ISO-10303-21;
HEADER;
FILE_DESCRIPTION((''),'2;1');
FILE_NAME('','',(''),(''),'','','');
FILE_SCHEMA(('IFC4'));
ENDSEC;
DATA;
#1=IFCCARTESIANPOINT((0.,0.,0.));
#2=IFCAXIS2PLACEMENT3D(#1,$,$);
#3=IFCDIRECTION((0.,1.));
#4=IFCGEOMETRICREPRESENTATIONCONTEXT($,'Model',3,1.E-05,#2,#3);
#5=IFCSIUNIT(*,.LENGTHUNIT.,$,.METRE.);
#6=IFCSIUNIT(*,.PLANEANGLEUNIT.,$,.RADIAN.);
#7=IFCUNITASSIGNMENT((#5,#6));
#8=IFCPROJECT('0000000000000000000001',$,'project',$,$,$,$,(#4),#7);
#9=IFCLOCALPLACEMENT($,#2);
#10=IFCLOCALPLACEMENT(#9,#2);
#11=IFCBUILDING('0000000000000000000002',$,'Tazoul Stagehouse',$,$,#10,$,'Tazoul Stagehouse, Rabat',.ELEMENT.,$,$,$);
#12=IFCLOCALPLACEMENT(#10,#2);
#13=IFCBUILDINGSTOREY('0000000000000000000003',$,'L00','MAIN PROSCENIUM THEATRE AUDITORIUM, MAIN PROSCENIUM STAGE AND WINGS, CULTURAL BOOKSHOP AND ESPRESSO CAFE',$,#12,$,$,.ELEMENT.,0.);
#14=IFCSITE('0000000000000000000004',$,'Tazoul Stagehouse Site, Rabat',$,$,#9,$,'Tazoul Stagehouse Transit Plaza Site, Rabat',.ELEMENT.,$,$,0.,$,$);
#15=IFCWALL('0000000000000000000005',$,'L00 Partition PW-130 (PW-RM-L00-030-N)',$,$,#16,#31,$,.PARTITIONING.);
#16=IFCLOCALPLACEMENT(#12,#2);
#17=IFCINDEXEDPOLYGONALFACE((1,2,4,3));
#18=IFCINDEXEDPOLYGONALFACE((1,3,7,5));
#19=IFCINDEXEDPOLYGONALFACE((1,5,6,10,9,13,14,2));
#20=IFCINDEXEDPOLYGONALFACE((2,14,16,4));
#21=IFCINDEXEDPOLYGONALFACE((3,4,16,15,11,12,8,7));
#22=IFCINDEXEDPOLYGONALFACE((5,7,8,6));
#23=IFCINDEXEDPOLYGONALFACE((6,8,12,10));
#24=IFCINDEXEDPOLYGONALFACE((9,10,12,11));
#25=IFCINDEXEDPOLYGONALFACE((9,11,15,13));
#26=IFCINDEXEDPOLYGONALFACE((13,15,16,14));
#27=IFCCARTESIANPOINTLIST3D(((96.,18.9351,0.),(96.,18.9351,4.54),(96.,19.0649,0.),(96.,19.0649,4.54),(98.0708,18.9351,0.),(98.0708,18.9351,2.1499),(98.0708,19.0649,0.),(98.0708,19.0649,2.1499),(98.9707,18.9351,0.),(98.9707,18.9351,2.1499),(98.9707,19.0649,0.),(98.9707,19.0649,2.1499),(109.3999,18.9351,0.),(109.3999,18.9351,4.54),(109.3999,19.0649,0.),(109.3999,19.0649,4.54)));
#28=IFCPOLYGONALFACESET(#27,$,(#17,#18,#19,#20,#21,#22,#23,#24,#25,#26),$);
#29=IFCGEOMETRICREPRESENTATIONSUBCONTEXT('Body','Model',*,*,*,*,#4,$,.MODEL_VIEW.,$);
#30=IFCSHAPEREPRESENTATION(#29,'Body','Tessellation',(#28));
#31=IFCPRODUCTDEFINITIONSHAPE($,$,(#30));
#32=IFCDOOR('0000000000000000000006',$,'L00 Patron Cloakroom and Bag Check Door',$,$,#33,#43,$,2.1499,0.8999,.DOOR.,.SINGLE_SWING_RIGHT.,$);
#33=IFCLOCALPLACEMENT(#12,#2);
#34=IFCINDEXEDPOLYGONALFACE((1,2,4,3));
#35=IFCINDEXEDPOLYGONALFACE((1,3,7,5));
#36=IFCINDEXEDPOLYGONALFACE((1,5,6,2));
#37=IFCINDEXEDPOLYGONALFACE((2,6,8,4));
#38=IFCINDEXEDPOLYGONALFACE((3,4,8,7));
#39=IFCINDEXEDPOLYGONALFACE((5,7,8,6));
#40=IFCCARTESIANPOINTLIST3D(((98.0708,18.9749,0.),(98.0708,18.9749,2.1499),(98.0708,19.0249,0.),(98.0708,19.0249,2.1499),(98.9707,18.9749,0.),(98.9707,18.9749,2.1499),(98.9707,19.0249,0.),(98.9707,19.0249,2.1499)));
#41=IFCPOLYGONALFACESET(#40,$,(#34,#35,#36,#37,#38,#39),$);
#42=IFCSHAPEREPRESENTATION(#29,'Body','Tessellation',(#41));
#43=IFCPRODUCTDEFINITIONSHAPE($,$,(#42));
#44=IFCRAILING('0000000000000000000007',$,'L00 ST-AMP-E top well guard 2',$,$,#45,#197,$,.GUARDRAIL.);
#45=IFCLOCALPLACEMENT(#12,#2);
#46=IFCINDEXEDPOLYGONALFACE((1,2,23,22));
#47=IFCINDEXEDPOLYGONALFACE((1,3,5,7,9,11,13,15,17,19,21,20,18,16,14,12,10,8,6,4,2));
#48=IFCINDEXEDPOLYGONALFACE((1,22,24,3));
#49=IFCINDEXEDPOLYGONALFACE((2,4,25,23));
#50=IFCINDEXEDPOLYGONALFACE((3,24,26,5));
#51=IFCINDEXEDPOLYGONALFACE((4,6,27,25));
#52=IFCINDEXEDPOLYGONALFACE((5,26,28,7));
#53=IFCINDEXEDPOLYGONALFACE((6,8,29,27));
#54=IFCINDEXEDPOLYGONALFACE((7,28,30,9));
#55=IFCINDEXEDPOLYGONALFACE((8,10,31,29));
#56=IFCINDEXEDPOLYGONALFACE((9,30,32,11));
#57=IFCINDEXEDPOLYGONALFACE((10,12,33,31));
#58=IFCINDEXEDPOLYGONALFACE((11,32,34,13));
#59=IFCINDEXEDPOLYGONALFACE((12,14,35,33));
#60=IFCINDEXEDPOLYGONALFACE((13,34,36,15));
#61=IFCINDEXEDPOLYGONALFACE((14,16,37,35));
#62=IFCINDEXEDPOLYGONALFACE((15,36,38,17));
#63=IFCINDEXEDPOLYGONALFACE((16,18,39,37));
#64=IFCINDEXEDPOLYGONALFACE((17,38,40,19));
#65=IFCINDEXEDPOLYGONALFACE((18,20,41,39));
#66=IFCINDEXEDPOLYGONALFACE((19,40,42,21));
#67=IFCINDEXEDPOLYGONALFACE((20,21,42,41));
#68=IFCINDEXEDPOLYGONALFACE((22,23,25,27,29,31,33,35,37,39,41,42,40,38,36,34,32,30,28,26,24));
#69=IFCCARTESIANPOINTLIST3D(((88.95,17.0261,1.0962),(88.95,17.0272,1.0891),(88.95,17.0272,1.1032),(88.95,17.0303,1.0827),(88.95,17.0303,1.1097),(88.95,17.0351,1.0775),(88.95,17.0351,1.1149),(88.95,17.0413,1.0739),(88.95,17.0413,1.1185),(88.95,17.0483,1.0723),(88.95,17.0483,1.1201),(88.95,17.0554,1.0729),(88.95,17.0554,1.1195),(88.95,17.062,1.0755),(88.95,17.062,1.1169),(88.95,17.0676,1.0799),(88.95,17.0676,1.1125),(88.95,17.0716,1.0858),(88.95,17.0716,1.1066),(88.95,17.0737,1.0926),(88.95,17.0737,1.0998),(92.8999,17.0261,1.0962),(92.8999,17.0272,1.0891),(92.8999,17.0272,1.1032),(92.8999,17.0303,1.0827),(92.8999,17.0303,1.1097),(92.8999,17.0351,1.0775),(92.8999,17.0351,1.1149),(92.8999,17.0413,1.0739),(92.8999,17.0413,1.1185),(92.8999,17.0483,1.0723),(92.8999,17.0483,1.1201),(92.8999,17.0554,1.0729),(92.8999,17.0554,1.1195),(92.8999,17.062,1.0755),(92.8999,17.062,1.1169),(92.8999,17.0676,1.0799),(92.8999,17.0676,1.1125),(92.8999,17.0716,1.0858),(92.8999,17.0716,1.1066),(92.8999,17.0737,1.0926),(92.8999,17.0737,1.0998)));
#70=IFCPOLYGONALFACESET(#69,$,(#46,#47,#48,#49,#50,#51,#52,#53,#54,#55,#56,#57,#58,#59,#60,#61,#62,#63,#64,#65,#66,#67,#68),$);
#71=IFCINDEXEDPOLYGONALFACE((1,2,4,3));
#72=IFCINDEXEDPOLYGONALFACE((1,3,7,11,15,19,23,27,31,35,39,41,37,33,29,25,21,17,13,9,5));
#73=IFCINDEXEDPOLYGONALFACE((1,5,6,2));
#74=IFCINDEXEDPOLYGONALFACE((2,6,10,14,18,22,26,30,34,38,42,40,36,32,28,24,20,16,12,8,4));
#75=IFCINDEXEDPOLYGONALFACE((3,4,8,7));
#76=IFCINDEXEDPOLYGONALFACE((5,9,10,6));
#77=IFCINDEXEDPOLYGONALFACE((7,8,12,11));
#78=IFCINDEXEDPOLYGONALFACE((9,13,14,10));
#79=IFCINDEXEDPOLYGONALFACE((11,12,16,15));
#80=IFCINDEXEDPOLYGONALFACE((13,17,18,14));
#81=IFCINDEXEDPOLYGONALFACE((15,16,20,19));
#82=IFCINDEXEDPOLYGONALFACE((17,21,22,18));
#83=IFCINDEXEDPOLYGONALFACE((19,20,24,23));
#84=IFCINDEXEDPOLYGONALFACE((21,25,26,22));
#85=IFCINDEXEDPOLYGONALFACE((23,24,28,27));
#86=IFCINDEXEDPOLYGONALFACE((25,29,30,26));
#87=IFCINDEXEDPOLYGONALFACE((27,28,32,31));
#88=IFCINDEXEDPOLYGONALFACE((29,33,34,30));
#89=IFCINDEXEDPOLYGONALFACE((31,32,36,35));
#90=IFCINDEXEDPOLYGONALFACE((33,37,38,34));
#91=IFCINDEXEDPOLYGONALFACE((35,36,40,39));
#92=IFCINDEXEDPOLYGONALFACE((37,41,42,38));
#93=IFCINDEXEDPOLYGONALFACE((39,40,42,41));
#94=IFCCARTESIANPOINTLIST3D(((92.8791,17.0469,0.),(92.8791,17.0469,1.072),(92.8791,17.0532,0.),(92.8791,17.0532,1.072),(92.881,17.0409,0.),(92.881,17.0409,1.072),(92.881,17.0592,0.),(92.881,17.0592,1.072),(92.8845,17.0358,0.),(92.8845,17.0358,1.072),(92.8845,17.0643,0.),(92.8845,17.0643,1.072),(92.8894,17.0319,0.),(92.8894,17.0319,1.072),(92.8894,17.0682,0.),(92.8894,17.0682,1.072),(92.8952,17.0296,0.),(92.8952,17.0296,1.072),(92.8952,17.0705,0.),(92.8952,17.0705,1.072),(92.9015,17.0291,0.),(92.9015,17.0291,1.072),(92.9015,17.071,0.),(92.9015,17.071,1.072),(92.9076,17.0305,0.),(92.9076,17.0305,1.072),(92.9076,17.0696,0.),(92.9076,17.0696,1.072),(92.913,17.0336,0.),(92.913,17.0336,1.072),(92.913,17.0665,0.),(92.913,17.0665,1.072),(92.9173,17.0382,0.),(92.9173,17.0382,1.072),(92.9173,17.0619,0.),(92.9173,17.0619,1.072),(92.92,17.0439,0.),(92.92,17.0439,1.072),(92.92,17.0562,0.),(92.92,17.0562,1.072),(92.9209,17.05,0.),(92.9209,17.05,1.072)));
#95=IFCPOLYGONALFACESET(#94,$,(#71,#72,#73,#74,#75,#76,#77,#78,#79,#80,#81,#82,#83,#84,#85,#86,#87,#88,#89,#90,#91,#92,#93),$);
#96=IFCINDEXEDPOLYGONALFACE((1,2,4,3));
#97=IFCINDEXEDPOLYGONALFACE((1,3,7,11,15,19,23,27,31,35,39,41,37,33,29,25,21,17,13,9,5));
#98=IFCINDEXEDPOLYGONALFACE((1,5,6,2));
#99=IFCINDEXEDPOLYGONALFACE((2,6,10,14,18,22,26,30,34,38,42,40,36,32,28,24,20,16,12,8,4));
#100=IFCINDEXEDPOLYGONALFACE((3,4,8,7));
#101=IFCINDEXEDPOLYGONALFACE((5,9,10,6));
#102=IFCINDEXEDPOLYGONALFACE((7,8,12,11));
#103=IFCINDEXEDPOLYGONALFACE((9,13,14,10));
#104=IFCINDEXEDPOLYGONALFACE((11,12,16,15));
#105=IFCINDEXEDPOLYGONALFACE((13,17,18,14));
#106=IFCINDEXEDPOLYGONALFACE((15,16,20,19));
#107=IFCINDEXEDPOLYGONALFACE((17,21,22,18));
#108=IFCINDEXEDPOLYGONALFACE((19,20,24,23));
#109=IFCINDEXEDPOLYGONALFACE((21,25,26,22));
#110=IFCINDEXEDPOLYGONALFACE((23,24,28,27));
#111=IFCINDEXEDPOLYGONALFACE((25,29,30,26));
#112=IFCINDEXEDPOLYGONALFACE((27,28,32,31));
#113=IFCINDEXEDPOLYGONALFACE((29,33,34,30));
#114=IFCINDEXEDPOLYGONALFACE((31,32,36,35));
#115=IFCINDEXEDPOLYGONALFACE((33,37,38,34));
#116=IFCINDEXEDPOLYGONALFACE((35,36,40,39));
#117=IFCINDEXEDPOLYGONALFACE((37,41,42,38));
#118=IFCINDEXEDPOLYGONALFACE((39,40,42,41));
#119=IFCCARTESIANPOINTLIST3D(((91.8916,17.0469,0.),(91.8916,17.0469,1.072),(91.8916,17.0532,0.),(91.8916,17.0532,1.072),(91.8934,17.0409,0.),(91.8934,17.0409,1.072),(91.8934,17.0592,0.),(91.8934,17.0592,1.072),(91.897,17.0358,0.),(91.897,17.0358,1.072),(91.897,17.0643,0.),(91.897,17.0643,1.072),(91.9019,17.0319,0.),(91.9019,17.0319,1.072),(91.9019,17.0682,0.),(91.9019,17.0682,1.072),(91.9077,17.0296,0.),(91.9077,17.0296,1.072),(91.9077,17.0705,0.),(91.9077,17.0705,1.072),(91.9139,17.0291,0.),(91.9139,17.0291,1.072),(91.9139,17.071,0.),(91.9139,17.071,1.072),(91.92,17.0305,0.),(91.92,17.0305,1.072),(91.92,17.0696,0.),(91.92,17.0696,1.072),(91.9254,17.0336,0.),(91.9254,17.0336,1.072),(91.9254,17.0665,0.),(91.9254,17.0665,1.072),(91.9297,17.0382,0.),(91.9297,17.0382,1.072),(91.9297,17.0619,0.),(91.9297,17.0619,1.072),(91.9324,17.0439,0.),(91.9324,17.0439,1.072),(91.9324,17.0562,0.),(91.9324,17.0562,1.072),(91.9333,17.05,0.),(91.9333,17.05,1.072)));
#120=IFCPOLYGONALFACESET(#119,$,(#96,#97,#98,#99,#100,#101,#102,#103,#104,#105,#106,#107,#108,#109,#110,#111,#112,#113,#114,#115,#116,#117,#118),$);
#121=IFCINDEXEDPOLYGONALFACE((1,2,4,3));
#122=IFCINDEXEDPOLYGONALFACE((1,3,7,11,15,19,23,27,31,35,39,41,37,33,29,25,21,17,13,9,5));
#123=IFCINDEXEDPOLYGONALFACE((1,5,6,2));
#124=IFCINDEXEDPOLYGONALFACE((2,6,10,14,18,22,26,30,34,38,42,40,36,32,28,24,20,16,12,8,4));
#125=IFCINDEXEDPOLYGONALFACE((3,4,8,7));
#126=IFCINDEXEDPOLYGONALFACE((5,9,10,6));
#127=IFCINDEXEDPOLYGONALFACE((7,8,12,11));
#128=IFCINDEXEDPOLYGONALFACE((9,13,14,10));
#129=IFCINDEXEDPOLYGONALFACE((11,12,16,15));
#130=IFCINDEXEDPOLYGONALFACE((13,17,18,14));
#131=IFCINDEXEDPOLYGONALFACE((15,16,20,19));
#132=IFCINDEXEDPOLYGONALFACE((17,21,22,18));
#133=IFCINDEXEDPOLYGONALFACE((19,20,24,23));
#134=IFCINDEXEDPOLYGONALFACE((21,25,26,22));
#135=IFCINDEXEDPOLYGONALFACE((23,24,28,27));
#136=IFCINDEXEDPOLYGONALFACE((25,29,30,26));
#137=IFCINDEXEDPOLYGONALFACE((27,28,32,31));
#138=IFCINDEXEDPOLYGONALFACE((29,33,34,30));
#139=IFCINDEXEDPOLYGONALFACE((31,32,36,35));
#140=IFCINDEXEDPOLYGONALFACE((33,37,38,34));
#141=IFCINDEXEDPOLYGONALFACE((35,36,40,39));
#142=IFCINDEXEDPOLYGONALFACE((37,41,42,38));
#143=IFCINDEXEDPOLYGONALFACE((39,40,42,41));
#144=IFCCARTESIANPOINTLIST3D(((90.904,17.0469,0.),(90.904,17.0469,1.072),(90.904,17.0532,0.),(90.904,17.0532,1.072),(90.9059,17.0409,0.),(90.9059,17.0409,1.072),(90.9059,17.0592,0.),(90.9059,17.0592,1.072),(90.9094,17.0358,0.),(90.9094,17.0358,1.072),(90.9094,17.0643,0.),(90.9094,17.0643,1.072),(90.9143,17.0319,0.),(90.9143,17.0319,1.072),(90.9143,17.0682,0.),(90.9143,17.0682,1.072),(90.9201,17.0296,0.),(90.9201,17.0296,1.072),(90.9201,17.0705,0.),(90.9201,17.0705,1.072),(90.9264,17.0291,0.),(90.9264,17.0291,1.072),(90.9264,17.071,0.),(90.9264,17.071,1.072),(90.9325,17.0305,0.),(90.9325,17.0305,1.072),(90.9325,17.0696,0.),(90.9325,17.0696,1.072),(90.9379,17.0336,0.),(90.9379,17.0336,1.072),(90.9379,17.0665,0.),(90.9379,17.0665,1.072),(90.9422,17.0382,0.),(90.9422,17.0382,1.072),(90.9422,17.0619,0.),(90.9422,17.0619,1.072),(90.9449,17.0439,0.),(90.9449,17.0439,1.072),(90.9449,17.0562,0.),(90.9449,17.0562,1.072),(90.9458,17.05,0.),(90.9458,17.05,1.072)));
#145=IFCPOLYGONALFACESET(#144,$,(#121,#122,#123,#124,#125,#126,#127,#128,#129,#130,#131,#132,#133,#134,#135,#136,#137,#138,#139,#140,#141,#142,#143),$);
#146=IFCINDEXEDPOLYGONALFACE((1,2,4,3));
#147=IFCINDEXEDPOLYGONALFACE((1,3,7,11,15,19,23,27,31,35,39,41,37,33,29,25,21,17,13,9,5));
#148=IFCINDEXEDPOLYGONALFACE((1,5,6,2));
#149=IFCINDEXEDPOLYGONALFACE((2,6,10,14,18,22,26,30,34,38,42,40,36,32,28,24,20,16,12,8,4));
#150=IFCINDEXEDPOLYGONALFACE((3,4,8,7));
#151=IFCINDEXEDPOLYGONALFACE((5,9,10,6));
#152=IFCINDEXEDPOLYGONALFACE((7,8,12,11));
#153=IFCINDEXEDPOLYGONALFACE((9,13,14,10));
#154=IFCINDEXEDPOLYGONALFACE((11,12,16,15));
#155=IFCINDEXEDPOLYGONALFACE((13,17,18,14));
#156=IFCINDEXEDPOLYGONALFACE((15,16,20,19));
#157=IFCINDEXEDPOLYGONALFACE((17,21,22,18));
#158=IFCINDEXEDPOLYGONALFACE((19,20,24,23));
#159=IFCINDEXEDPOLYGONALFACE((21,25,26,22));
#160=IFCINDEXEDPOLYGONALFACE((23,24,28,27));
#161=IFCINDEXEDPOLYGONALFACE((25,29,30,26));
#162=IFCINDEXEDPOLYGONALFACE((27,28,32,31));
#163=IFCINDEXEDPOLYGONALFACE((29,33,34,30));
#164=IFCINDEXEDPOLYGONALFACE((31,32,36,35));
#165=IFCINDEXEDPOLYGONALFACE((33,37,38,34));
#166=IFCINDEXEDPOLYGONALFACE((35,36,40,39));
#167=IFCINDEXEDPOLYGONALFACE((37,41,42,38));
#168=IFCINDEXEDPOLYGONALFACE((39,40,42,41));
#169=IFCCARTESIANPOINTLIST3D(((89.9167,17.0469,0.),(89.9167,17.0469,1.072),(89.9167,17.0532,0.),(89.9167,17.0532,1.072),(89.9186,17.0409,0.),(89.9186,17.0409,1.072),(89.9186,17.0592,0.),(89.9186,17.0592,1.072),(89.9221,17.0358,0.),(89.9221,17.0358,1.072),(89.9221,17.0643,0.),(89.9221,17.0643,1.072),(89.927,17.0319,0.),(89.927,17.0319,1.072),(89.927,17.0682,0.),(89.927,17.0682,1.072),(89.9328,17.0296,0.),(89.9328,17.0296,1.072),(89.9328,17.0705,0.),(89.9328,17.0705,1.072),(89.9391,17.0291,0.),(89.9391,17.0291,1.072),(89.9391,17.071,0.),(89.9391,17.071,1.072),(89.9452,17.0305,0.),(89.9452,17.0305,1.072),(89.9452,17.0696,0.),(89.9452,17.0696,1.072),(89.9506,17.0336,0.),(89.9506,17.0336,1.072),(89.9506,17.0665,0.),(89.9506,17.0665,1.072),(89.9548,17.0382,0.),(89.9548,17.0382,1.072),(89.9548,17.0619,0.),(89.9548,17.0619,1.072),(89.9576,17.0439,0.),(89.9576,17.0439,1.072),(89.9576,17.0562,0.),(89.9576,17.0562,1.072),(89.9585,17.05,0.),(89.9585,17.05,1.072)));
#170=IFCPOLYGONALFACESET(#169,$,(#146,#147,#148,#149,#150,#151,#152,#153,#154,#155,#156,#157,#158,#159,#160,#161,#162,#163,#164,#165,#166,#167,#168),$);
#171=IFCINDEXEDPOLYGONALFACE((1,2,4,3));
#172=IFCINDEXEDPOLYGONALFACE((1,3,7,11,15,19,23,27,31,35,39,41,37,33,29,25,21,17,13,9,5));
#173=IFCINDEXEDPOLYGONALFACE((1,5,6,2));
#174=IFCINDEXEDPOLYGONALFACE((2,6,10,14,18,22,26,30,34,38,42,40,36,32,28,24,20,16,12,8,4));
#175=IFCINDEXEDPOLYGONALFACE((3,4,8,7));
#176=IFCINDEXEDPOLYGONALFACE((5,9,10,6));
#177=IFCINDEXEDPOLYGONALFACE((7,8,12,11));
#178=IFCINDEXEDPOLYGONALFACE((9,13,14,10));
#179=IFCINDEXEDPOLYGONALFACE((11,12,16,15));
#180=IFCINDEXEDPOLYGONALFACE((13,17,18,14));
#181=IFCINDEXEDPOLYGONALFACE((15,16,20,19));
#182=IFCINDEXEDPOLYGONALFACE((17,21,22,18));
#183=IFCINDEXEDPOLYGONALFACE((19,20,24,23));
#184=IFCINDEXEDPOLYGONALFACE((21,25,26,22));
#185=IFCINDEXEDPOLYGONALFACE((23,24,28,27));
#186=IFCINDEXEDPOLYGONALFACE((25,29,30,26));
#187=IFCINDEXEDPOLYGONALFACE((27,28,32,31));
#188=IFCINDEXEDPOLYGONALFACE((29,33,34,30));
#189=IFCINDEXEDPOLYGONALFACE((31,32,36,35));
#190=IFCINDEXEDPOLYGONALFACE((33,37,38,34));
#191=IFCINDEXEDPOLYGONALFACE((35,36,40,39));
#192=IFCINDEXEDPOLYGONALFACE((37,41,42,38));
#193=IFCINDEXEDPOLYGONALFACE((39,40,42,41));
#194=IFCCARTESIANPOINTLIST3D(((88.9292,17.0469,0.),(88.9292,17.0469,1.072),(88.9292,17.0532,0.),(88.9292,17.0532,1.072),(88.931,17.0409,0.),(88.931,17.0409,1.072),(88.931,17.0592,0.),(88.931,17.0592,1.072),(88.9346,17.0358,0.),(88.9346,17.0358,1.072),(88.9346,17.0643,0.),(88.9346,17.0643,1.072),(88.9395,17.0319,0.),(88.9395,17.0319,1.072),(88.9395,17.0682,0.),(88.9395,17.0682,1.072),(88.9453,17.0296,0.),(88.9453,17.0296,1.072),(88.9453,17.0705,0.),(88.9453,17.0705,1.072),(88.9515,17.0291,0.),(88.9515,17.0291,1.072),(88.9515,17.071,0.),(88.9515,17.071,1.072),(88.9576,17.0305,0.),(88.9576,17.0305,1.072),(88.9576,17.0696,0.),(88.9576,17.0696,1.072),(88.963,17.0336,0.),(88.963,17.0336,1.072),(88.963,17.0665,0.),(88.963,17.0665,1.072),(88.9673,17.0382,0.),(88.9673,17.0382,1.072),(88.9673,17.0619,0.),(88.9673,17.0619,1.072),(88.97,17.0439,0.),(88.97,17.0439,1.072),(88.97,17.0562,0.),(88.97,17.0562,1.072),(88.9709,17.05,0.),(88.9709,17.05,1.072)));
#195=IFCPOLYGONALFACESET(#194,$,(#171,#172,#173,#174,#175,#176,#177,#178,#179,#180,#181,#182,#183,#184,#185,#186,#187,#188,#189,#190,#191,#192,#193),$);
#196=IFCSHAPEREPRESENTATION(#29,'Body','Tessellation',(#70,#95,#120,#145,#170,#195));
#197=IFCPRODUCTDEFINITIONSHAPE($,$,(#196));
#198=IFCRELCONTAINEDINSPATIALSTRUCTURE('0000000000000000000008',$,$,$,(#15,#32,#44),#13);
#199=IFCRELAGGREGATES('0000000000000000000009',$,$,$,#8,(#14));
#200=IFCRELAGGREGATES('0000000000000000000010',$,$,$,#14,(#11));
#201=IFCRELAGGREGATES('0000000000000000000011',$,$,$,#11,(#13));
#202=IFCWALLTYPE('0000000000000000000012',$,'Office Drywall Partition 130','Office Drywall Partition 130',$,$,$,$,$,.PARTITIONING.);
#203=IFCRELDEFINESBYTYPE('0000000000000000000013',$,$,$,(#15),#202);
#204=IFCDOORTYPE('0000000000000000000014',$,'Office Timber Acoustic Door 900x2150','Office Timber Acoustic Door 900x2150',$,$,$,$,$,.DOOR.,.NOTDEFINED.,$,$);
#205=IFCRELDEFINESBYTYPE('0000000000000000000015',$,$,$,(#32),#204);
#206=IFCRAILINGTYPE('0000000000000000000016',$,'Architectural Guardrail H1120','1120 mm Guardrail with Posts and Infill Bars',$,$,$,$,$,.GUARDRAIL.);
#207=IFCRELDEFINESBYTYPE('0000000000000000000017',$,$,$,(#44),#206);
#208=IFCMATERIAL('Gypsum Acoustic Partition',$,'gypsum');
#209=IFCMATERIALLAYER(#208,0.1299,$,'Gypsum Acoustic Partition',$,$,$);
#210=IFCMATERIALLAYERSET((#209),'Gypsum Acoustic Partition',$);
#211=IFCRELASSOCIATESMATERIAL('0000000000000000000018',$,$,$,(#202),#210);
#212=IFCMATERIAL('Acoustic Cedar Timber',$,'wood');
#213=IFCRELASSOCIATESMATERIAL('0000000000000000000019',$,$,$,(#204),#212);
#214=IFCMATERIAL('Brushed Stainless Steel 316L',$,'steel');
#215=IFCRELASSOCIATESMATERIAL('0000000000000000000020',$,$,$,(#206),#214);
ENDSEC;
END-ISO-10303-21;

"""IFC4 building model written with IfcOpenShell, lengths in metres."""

from ifc_helpers import new_model, si_unit, direction, frame, frame_2d, origin, origin_2d, place, context, subcontext, project, spatial, rectangle, circle, extrude, material, layer, layer_set, material_profile, profile_set, type_object, element, fill, save


model = new_model("IFC4")

# Units and contexts
model_context = context("Model", 3, precision=1e-05, world=origin(), true_north=direction((0.0, 1.0)))
body_context = subcontext(model_context, "Body", "Model", "MODEL_VIEW")
ifc_project = project(units=[si_unit("LENGTHUNIT", "METRE"), si_unit("PLANEANGLEUNIT", "RADIAN")], contexts=[model_context])

# Site, building, storey
site_placement = place(None, origin())
site = spatial("IfcSite", under=ifc_project, at=site_placement, Name="Tazoul Stagehouse Site, Rabat", LongName="Tazoul Stagehouse Transit Plaza Site, Rabat", CompositionType="ELEMENT", RefElevation=0.0)
building_placement = place(site_placement, origin())
building = spatial("IfcBuilding", under=site, at=building_placement, Name="Tazoul Stagehouse", LongName="Tazoul Stagehouse, Rabat", CompositionType="ELEMENT")
storey_placement = place(building_placement, origin())
storey = spatial("IfcBuildingStorey", under=building, at=storey_placement, Name="L00", Description="MAIN PROSCENIUM THEATRE AUDITORIUM, MAIN PROSCENIUM STAGE AND WINGS, CULTURAL BOOKSHOP AND ESPRESSO CAFE", CompositionType="ELEMENT", Elevation=0.0)

# Wall, opening, door
ifc_material_1 = material(Name="Gypsum Acoustic Partition", Category="gypsum")
ifc_layer_1 = layer(ifc_material_1, 0.1299, Name="Gypsum Acoustic Partition")
ifc_layer_set_1 = layer_set([ifc_layer_1], Name="Gypsum Acoustic Partition")
wall_type_1 = type_object("IfcWallType", Name="Office Drywall Partition 130", Description="Office Drywall Partition 130", PredefinedType="PARTITIONING", material=ifc_layer_set_1)
wall_1_placement = place(storey_placement, frame((96.0, 19.0, 0.0), z_axis=(0.0, 0.0, 1.0), x_axis=(1.0, 0.0, 0.0)))
wall_1 = element("IfcWall", 1, at=wall_1_placement, inside=storey, type_object=wall_type_1, Name="L00 Partition PW-130 (PW-RM-L00-030-N)", PredefinedType="PARTITIONING", context=body_context, shape_type="SweptSolid", body=[
    extrude(rectangle(XDim=13.3999, YDim=0.1299, at=frame_2d((6.7, 0.0))), origin(), (0.0, 0.0, 1.0), 4.54),
])
opening_1_placement = place(wall_1_placement, frame((2.0708, 0.0, 0.0)))
opening_1 = element("IfcOpeningElement", 2, at=opening_1_placement, cuts=wall_1, PredefinedType="OPENING", context=body_context, shape_type="SweptSolid", body=[
    extrude(rectangle(XDim=0.8999, YDim=2.1499, at=frame_2d((0.45, 1.075))), frame((0.0, 0.085, 0.0), z_axis=(0.0, -1.0, 0.0), x_axis=(1.0, 0.0, 0.0)), (0.0, 0.0, 1.0), 0.1699),
])
ifc_material_2 = material(Name="Acoustic Cedar Timber", Category="wood")
door_type_1 = type_object("IfcDoorType", Name="Office Timber Acoustic Door 900x2150", Description="Office Timber Acoustic Door 900x2150", OperationType="NOTDEFINED", PredefinedType="DOOR", material=ifc_material_2)
door_1_placement = place(opening_1_placement, origin())
door_1 = element("IfcDoor", 3, at=door_1_placement, inside=storey, type_object=door_type_1, Name="L00 Patron Cloakroom and Bag Check Door", OperationType="SINGLE_SWING_RIGHT", OverallHeight=2.1499, OverallWidth=0.8999, PredefinedType="DOOR", context=body_context, shape_type="SweptSolid", body=[
    extrude(rectangle(XDim=0.8999, YDim=2.1499, at=frame_2d((0.45, 1.075))), frame((0.0, 0.0249, 0.0), z_axis=(0.0, -1.0, 0.0), x_axis=(1.0, 0.0, 0.0)), (0.0, 0.0, 1.0), 0.05),
])
fill(opening_1, door_1)

# Railing
ifc_material_3 = material(Name="Brushed Stainless Steel 316L", Category="steel")
ifc_material_profile_1 = material_profile(ifc_material_3, circle(Radius=0.0239, at=origin_2d()), Name="SS RAIL D48")
ifc_profile_set_1 = profile_set([ifc_material_profile_1], Name="Brushed Stainless Steel 316L")
railing_type = type_object("IfcRailingType", Name="Architectural Guardrail H1120", Description="1120 mm Guardrail with Posts and Infill Bars", PredefinedType="GUARDRAIL", material=ifc_profile_set_1)
railing_placement = place(storey_placement, frame((92.8999, 17.05, 0.0)))
element("IfcRailing", 4, at=railing_placement, inside=storey, type_object=railing_type, Name="L00 ST-AMP-E top well guard 2", PredefinedType="GUARDRAIL", context=body_context, shape_type="SweptSolid", body=[
    extrude(circle(Radius=0.0239, at=origin_2d()), frame((0.0, 0.0, 1.0962), z_axis=(-1.0, 0.0, 0.0), x_axis=(0.0, -1.0, 0.0)), (0.0, 0.0, 1.0), 3.95),
    extrude(circle(Radius=0.021, at=origin_2d()), origin(), (0.0, 0.0, 1.0), 1.072),
    extrude(circle(Radius=0.021, at=origin_2d()), frame((-0.9875, 0.0, 0.0)), (0.0, 0.0, 1.0), 1.072),
    extrude(circle(Radius=0.021, at=origin_2d()), frame((-1.9751, 0.0, 0.0)), (0.0, 0.0, 1.0), 1.072),
    extrude(circle(Radius=0.021, at=origin_2d()), frame((-2.9624, 0.0, 0.0)), (0.0, 0.0, 1.0), 1.072),
    extrude(circle(Radius=0.021, at=origin_2d()), frame((-3.95, 0.0, 0.0)), (0.0, 0.0, 1.0), 1.072),
])

save(model, "model.ifc")
